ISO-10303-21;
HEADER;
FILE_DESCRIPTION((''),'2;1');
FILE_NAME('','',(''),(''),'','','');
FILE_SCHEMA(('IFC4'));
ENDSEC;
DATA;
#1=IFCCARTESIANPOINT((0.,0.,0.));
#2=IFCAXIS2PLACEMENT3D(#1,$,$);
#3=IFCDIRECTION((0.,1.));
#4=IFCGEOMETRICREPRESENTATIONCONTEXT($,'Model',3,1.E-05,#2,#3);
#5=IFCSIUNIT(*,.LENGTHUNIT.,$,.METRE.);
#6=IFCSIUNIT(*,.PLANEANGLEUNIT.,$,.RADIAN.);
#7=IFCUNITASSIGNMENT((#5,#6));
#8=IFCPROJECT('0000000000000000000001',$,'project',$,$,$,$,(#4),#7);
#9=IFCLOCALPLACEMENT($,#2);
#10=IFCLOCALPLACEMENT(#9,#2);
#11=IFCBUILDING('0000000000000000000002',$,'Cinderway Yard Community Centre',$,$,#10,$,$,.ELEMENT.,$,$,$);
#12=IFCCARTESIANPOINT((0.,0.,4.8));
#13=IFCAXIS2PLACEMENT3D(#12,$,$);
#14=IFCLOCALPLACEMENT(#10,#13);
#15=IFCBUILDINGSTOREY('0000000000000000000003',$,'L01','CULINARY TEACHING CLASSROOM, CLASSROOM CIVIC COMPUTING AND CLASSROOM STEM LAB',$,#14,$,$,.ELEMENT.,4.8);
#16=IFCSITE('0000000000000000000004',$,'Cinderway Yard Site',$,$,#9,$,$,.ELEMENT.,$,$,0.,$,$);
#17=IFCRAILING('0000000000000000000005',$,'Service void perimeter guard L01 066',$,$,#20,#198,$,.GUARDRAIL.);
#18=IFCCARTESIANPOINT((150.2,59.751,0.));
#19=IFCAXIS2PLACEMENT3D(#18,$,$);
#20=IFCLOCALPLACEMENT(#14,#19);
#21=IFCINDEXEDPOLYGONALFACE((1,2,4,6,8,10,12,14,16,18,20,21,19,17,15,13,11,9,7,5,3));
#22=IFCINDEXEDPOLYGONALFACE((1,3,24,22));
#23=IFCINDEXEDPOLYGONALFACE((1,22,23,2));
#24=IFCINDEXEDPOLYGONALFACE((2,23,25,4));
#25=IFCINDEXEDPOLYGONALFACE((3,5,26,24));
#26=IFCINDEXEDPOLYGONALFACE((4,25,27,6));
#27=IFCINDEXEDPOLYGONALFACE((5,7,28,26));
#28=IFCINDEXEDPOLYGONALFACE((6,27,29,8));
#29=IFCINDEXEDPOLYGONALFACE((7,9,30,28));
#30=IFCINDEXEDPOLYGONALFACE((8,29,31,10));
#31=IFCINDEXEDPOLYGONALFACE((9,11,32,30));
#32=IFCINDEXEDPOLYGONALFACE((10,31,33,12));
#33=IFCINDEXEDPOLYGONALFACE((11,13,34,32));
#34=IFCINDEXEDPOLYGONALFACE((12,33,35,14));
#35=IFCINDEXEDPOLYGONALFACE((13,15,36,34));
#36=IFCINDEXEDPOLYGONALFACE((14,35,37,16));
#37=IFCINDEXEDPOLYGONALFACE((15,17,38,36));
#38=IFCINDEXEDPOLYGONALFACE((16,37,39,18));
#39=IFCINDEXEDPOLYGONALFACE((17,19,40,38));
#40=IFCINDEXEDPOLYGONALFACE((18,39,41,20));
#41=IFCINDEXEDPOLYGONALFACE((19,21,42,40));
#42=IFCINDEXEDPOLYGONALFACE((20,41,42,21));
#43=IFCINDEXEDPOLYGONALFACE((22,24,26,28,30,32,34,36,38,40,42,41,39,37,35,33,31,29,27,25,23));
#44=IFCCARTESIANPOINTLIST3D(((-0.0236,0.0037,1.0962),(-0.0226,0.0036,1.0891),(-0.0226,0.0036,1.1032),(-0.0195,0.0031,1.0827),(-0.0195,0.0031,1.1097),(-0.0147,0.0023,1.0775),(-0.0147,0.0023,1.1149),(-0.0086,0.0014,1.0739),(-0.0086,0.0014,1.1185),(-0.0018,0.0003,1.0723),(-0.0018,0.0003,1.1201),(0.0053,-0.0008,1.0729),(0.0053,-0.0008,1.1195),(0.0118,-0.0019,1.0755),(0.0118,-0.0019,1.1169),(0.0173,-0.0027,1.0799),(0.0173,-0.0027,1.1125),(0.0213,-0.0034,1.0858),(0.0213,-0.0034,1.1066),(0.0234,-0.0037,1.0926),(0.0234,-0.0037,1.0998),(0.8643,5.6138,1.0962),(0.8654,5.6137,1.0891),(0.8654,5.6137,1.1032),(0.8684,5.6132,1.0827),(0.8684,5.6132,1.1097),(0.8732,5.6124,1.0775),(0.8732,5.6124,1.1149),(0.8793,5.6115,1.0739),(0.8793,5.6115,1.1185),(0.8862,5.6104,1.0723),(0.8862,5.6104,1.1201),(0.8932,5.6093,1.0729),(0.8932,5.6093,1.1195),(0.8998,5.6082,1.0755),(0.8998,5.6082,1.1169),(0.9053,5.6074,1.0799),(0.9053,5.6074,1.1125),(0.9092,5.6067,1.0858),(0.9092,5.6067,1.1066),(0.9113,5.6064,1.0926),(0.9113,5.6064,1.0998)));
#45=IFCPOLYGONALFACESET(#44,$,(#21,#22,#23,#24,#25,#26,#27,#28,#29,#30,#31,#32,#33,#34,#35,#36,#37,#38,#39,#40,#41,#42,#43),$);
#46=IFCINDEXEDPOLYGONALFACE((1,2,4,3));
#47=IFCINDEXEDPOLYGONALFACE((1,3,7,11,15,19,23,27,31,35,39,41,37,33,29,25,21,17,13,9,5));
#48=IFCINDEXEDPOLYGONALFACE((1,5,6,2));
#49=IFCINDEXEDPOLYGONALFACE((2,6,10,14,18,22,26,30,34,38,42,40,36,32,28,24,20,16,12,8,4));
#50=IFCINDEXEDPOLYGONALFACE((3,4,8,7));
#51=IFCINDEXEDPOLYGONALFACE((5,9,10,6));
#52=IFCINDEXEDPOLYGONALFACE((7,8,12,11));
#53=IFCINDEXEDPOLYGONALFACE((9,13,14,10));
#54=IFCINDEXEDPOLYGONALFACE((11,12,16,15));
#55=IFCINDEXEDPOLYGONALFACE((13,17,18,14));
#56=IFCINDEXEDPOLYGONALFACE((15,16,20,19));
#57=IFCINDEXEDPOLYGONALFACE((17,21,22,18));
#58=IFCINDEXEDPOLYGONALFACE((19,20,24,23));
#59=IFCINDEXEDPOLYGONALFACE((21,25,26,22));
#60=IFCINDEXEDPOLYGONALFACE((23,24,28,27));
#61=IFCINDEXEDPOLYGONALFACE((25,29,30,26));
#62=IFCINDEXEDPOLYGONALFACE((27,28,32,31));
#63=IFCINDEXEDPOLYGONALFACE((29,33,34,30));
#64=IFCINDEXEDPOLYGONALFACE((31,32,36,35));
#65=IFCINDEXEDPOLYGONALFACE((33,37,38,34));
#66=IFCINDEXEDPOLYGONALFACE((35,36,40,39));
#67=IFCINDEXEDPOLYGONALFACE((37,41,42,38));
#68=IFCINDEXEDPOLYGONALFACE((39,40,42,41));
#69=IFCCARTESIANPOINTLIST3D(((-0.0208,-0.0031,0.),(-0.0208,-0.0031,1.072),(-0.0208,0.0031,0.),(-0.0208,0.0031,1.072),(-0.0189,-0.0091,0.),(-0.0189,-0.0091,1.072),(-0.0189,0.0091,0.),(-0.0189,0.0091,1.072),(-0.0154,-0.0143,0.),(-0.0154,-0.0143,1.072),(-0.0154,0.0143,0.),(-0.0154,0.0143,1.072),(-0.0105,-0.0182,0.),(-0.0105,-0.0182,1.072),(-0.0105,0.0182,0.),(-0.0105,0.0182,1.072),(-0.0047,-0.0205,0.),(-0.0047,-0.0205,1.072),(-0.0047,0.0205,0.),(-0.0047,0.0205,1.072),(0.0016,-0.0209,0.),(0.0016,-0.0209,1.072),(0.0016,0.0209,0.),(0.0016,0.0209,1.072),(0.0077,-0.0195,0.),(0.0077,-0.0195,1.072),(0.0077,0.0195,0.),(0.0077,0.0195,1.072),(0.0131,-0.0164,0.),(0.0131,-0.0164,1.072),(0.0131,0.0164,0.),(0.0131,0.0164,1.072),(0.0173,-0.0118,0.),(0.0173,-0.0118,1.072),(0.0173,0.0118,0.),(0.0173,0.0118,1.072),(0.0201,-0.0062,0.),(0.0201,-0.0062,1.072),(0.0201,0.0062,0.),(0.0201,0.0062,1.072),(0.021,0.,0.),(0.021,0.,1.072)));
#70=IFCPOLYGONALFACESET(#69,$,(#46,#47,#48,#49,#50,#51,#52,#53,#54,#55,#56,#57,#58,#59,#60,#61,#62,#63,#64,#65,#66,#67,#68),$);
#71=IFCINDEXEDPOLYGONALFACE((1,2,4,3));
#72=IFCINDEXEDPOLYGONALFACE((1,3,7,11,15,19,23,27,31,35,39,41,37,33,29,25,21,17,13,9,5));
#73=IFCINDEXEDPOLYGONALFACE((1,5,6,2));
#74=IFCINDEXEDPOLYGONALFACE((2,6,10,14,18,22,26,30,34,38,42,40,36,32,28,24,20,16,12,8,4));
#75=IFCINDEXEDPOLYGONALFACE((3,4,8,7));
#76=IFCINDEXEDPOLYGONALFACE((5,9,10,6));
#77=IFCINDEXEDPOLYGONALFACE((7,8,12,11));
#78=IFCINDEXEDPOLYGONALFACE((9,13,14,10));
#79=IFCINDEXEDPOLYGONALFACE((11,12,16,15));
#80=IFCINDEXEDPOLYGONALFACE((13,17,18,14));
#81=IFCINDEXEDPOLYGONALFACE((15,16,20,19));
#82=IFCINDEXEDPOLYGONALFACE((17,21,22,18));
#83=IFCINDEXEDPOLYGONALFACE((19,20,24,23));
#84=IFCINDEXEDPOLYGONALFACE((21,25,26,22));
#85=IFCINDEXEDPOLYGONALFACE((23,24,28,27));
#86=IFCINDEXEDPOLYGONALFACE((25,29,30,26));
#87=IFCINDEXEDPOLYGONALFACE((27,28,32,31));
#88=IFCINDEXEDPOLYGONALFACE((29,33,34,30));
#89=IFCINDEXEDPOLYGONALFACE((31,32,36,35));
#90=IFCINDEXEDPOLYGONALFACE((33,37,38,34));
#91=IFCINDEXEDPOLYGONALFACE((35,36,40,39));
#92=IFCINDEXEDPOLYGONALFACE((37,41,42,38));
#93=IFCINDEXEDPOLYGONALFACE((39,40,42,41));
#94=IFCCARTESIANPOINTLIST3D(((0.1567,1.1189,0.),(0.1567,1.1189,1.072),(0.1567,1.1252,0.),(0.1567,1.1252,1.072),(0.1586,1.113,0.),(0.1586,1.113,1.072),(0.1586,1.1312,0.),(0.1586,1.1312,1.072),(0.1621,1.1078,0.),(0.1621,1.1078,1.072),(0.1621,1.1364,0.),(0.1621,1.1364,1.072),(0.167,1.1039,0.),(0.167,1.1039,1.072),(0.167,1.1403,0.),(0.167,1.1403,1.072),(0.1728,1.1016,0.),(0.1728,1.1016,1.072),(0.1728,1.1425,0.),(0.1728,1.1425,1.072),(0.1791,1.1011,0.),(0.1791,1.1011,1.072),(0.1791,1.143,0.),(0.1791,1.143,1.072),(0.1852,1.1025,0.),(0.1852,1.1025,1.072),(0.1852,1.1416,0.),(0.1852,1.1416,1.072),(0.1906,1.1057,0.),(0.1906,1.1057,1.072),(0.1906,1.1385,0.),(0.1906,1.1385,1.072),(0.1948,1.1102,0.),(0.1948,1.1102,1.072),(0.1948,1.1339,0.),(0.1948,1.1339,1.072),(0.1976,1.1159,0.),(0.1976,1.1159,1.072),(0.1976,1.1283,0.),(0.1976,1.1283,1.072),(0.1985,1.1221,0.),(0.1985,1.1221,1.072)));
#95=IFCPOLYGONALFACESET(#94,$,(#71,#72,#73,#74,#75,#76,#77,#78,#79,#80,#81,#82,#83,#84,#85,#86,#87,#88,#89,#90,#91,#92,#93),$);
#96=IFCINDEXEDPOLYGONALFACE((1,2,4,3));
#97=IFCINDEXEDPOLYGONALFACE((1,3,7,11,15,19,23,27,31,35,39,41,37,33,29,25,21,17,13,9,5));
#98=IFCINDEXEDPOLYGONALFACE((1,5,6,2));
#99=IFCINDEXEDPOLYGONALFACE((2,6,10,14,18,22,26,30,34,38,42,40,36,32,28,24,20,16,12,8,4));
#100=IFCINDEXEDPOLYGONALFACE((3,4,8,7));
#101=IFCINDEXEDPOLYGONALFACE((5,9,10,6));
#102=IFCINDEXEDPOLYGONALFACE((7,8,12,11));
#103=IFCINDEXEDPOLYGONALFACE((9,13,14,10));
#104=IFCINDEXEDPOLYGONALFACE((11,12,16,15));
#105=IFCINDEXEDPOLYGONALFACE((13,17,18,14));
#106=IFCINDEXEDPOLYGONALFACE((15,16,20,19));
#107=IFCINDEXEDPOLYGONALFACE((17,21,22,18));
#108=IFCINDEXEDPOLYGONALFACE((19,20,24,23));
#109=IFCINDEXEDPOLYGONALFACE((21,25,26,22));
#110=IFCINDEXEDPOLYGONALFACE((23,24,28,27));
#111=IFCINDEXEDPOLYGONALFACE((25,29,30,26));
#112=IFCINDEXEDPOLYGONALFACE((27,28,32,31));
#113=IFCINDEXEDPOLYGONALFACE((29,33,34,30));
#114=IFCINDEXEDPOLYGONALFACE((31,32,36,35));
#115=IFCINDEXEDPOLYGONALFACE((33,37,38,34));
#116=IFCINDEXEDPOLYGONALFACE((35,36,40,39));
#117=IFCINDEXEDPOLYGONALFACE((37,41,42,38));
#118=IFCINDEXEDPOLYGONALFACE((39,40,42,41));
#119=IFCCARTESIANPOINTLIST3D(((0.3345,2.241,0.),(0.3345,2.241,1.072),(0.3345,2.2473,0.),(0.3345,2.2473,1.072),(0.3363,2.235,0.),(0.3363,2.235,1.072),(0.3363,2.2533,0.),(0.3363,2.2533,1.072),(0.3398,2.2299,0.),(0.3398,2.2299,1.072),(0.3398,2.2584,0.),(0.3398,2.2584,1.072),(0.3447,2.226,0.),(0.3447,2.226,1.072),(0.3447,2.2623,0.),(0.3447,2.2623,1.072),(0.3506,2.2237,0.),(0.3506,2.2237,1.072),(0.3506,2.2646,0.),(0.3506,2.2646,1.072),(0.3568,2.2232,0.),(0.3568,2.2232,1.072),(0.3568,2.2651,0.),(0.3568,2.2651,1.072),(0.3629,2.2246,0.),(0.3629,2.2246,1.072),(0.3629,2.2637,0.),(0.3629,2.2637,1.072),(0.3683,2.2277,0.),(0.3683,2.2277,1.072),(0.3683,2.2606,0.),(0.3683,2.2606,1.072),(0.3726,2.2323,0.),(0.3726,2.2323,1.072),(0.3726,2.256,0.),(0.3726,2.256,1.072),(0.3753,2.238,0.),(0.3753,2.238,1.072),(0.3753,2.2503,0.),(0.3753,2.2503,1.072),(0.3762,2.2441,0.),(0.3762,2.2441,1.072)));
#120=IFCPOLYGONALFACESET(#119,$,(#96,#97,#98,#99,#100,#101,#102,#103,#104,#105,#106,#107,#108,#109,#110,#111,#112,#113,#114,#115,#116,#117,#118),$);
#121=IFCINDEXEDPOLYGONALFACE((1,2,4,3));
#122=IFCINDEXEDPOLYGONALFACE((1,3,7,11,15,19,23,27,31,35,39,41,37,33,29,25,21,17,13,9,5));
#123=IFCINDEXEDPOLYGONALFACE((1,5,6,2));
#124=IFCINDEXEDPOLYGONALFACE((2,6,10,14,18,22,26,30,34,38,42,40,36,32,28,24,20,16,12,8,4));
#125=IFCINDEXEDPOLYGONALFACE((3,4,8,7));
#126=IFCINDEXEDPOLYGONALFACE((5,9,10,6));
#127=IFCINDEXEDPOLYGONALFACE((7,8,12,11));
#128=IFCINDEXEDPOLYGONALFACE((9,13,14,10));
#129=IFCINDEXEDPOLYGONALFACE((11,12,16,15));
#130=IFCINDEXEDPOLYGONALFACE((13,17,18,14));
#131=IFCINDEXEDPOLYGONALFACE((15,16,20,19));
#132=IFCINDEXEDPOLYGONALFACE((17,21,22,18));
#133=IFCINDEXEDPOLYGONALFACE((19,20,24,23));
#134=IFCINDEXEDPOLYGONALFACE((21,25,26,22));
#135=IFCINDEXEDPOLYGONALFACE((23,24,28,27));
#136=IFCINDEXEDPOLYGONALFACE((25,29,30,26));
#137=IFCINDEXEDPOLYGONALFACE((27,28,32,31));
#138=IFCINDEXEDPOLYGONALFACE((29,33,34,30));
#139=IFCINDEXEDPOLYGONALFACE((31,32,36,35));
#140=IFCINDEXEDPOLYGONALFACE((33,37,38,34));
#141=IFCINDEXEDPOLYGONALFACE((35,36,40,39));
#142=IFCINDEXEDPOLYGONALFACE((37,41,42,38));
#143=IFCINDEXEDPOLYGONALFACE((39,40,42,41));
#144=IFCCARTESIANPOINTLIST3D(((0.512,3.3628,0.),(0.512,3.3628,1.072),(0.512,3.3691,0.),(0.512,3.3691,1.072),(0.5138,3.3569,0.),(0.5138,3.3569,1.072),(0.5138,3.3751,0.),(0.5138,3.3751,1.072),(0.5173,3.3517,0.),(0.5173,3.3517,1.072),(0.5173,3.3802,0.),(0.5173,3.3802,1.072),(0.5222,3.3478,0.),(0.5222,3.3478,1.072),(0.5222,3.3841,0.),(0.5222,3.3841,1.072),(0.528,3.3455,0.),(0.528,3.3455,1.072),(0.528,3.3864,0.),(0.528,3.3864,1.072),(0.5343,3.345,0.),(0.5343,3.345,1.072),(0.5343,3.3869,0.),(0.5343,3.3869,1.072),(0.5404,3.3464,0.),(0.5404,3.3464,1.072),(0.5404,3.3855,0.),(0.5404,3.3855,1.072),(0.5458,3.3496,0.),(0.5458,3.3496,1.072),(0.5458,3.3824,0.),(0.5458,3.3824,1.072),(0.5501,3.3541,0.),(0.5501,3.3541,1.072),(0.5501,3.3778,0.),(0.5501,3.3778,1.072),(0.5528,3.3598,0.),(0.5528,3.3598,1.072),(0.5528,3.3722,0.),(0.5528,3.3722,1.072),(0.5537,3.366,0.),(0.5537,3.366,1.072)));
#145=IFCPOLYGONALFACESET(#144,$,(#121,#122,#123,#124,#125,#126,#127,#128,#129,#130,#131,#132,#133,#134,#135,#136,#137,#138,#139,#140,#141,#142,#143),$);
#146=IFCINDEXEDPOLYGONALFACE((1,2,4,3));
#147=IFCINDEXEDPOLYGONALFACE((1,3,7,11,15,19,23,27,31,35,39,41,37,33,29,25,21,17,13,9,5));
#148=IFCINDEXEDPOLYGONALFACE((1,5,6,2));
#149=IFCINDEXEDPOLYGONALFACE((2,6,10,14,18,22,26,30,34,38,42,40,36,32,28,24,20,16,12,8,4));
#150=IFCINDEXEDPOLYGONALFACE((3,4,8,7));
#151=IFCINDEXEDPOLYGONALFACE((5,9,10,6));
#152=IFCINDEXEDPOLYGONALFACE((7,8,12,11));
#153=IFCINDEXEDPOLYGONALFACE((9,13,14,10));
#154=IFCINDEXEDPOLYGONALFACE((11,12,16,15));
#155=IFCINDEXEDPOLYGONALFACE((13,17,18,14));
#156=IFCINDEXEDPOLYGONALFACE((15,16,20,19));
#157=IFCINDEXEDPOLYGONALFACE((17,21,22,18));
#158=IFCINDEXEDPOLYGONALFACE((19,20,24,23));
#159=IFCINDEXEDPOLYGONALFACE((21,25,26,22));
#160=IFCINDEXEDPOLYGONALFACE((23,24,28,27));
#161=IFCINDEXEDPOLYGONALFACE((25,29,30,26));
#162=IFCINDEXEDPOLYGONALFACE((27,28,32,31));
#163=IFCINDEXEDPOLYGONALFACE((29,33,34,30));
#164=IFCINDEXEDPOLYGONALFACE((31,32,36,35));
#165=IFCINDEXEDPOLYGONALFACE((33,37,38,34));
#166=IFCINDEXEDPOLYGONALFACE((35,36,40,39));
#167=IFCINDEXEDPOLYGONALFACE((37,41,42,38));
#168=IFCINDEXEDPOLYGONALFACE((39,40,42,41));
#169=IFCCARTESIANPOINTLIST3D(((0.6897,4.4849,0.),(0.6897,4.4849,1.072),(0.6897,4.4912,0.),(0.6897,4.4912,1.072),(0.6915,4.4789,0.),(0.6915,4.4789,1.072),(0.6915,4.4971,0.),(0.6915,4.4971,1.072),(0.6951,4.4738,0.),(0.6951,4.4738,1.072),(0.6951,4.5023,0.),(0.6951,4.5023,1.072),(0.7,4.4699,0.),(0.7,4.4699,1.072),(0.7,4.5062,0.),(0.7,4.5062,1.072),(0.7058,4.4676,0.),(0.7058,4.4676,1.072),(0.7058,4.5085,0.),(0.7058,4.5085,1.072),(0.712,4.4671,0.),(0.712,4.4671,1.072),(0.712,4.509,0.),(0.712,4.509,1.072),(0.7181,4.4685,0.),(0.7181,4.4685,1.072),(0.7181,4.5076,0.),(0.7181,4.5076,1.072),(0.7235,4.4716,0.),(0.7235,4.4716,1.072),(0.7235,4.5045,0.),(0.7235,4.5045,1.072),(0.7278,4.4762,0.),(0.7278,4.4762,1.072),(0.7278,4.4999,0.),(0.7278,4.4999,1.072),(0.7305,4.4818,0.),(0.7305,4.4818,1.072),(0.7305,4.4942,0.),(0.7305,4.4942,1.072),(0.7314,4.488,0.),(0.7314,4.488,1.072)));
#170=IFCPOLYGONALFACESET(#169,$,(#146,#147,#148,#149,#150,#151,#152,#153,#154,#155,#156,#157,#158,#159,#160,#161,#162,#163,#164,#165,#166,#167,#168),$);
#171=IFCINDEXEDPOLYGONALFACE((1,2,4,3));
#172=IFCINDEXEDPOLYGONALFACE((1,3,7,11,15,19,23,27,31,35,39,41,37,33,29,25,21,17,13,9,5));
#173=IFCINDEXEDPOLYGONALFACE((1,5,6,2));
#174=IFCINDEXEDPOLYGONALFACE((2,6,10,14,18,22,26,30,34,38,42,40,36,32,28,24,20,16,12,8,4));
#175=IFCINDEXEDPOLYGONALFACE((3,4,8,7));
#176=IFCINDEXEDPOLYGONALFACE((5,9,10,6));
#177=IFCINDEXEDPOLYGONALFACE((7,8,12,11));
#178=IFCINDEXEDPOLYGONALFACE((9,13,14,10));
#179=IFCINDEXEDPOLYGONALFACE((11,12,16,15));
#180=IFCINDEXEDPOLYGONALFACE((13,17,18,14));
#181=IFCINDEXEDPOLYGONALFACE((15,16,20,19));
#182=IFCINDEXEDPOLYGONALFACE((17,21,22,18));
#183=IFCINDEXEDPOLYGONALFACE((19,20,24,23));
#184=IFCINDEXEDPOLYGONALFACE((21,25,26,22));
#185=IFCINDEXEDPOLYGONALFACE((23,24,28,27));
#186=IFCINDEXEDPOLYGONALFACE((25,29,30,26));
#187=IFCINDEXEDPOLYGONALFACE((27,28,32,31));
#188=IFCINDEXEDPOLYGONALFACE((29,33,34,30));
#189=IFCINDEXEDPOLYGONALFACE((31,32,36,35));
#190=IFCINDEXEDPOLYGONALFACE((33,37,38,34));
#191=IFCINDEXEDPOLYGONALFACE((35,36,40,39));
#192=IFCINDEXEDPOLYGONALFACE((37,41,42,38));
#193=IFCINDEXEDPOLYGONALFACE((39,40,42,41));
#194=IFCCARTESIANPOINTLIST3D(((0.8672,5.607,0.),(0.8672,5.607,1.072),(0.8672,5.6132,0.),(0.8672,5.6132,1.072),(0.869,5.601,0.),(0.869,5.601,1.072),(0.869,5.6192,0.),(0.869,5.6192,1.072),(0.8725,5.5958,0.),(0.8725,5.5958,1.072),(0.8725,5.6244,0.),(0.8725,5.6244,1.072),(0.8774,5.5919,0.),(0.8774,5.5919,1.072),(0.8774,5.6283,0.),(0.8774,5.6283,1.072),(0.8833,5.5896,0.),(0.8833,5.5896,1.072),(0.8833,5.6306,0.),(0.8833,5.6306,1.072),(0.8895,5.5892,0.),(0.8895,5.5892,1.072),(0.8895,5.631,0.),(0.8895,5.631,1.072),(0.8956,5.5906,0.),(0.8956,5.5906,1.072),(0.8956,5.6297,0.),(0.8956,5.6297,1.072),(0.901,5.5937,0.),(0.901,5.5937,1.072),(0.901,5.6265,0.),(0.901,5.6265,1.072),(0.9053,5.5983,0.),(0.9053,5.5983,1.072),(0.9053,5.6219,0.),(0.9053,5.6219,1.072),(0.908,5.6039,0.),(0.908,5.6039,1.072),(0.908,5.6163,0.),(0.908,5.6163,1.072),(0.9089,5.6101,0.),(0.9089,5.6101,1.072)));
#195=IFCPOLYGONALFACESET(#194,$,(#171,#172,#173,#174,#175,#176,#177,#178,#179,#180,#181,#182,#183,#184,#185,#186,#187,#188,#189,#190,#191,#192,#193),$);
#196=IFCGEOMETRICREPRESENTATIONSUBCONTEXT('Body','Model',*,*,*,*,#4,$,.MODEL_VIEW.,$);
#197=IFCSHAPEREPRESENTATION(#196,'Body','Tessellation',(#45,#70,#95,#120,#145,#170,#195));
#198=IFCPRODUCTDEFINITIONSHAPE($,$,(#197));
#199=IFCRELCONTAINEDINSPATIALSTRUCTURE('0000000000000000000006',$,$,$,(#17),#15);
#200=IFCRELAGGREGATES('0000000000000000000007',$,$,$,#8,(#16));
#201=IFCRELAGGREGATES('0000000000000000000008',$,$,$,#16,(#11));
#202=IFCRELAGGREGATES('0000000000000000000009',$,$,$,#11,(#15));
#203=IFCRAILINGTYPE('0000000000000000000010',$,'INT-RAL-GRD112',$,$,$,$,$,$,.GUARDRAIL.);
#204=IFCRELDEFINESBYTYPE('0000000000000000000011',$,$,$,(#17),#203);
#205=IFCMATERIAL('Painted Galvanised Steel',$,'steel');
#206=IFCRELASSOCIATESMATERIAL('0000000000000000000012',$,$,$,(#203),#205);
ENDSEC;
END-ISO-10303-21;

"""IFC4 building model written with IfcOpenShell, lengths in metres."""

from ifc_helpers import new_model, si_unit, direction, frame, origin, origin_2d, place, context, subcontext, project, spatial, circle, extrude, material, type_object, element, save


model = new_model("IFC4")

# Units and contexts
model_context = context("Model", 3, precision=1e-05, world=origin(), true_north=direction((0.0, 1.0)))
body_context = subcontext(model_context, "Body", "Model", "MODEL_VIEW")
ifc_project = project(units=[si_unit("LENGTHUNIT", "METRE"), si_unit("PLANEANGLEUNIT", "RADIAN")], contexts=[model_context])

# Site, building, storey
site_placement = place(None, origin())
site = spatial("IfcSite", under=ifc_project, at=site_placement, Name="Cinderway Yard Site", CompositionType="ELEMENT", RefElevation=0.0)
building_placement = place(site_placement, origin())
building = spatial("IfcBuilding", under=site, at=building_placement, Name="Cinderway Yard Community Centre", CompositionType="ELEMENT")
storey_placement = place(building_placement, frame((0.0, 0.0, 4.8)))
storey = spatial("IfcBuildingStorey", under=building, at=storey_placement, Name="L01", Description="CULINARY TEACHING CLASSROOM, CLASSROOM CIVIC COMPUTING AND CLASSROOM STEM LAB", CompositionType="ELEMENT", Elevation=4.8)

# Shared definitions
ifc_material_1 = material(Name="Painted Galvanised Steel", Category="steel")

# Railing
railing_type_1 = type_object("IfcRailingType", Name="INT-RAL-GRD112", PredefinedType="GUARDRAIL", material=ifc_material_1)
railing_1_placement = place(storey_placement, frame((150.2, 59.751, 0.0)))
element("IfcRailing", 1, at=railing_1_placement, inside=storey, type_object=railing_type_1, Name="Service void perimeter guard L01 066", PredefinedType="GUARDRAIL", context=body_context, shape_type="SweptSolid", body=[
    extrude(circle(Radius=0.0239, at=origin_2d()), frame((0.0, 0.0, 1.0962), z_axis=(0.156329, 0.987705, 0.0), x_axis=(-0.987705, 0.156329, 0.0)), (0.0, 0.0, 1.0), 5.6799),
    extrude(circle(Radius=0.021, at=origin_2d()), origin(), (0.0, 0.0, 1.0), 1.072),
    extrude(circle(Radius=0.021, at=origin_2d()), frame((0.1775, 1.1221, 0.0)), (0.0, 0.0, 1.0), 1.072),
    extrude(circle(Radius=0.021, at=origin_2d()), frame((0.3552, 2.2441, 0.0)), (0.0, 0.0, 1.0), 1.072),
    extrude(circle(Radius=0.021, at=origin_2d()), frame((0.5327, 3.366, 0.0)), (0.0, 0.0, 1.0), 1.072),
    extrude(circle(Radius=0.021, at=origin_2d()), frame((0.7104, 4.488, 0.0)), (0.0, 0.0, 1.0), 1.072),
    extrude(circle(Radius=0.021, at=origin_2d()), frame((0.8879, 5.6101, 0.0)), (0.0, 0.0, 1.0), 1.072),
])

save(model, "model.ifc")
